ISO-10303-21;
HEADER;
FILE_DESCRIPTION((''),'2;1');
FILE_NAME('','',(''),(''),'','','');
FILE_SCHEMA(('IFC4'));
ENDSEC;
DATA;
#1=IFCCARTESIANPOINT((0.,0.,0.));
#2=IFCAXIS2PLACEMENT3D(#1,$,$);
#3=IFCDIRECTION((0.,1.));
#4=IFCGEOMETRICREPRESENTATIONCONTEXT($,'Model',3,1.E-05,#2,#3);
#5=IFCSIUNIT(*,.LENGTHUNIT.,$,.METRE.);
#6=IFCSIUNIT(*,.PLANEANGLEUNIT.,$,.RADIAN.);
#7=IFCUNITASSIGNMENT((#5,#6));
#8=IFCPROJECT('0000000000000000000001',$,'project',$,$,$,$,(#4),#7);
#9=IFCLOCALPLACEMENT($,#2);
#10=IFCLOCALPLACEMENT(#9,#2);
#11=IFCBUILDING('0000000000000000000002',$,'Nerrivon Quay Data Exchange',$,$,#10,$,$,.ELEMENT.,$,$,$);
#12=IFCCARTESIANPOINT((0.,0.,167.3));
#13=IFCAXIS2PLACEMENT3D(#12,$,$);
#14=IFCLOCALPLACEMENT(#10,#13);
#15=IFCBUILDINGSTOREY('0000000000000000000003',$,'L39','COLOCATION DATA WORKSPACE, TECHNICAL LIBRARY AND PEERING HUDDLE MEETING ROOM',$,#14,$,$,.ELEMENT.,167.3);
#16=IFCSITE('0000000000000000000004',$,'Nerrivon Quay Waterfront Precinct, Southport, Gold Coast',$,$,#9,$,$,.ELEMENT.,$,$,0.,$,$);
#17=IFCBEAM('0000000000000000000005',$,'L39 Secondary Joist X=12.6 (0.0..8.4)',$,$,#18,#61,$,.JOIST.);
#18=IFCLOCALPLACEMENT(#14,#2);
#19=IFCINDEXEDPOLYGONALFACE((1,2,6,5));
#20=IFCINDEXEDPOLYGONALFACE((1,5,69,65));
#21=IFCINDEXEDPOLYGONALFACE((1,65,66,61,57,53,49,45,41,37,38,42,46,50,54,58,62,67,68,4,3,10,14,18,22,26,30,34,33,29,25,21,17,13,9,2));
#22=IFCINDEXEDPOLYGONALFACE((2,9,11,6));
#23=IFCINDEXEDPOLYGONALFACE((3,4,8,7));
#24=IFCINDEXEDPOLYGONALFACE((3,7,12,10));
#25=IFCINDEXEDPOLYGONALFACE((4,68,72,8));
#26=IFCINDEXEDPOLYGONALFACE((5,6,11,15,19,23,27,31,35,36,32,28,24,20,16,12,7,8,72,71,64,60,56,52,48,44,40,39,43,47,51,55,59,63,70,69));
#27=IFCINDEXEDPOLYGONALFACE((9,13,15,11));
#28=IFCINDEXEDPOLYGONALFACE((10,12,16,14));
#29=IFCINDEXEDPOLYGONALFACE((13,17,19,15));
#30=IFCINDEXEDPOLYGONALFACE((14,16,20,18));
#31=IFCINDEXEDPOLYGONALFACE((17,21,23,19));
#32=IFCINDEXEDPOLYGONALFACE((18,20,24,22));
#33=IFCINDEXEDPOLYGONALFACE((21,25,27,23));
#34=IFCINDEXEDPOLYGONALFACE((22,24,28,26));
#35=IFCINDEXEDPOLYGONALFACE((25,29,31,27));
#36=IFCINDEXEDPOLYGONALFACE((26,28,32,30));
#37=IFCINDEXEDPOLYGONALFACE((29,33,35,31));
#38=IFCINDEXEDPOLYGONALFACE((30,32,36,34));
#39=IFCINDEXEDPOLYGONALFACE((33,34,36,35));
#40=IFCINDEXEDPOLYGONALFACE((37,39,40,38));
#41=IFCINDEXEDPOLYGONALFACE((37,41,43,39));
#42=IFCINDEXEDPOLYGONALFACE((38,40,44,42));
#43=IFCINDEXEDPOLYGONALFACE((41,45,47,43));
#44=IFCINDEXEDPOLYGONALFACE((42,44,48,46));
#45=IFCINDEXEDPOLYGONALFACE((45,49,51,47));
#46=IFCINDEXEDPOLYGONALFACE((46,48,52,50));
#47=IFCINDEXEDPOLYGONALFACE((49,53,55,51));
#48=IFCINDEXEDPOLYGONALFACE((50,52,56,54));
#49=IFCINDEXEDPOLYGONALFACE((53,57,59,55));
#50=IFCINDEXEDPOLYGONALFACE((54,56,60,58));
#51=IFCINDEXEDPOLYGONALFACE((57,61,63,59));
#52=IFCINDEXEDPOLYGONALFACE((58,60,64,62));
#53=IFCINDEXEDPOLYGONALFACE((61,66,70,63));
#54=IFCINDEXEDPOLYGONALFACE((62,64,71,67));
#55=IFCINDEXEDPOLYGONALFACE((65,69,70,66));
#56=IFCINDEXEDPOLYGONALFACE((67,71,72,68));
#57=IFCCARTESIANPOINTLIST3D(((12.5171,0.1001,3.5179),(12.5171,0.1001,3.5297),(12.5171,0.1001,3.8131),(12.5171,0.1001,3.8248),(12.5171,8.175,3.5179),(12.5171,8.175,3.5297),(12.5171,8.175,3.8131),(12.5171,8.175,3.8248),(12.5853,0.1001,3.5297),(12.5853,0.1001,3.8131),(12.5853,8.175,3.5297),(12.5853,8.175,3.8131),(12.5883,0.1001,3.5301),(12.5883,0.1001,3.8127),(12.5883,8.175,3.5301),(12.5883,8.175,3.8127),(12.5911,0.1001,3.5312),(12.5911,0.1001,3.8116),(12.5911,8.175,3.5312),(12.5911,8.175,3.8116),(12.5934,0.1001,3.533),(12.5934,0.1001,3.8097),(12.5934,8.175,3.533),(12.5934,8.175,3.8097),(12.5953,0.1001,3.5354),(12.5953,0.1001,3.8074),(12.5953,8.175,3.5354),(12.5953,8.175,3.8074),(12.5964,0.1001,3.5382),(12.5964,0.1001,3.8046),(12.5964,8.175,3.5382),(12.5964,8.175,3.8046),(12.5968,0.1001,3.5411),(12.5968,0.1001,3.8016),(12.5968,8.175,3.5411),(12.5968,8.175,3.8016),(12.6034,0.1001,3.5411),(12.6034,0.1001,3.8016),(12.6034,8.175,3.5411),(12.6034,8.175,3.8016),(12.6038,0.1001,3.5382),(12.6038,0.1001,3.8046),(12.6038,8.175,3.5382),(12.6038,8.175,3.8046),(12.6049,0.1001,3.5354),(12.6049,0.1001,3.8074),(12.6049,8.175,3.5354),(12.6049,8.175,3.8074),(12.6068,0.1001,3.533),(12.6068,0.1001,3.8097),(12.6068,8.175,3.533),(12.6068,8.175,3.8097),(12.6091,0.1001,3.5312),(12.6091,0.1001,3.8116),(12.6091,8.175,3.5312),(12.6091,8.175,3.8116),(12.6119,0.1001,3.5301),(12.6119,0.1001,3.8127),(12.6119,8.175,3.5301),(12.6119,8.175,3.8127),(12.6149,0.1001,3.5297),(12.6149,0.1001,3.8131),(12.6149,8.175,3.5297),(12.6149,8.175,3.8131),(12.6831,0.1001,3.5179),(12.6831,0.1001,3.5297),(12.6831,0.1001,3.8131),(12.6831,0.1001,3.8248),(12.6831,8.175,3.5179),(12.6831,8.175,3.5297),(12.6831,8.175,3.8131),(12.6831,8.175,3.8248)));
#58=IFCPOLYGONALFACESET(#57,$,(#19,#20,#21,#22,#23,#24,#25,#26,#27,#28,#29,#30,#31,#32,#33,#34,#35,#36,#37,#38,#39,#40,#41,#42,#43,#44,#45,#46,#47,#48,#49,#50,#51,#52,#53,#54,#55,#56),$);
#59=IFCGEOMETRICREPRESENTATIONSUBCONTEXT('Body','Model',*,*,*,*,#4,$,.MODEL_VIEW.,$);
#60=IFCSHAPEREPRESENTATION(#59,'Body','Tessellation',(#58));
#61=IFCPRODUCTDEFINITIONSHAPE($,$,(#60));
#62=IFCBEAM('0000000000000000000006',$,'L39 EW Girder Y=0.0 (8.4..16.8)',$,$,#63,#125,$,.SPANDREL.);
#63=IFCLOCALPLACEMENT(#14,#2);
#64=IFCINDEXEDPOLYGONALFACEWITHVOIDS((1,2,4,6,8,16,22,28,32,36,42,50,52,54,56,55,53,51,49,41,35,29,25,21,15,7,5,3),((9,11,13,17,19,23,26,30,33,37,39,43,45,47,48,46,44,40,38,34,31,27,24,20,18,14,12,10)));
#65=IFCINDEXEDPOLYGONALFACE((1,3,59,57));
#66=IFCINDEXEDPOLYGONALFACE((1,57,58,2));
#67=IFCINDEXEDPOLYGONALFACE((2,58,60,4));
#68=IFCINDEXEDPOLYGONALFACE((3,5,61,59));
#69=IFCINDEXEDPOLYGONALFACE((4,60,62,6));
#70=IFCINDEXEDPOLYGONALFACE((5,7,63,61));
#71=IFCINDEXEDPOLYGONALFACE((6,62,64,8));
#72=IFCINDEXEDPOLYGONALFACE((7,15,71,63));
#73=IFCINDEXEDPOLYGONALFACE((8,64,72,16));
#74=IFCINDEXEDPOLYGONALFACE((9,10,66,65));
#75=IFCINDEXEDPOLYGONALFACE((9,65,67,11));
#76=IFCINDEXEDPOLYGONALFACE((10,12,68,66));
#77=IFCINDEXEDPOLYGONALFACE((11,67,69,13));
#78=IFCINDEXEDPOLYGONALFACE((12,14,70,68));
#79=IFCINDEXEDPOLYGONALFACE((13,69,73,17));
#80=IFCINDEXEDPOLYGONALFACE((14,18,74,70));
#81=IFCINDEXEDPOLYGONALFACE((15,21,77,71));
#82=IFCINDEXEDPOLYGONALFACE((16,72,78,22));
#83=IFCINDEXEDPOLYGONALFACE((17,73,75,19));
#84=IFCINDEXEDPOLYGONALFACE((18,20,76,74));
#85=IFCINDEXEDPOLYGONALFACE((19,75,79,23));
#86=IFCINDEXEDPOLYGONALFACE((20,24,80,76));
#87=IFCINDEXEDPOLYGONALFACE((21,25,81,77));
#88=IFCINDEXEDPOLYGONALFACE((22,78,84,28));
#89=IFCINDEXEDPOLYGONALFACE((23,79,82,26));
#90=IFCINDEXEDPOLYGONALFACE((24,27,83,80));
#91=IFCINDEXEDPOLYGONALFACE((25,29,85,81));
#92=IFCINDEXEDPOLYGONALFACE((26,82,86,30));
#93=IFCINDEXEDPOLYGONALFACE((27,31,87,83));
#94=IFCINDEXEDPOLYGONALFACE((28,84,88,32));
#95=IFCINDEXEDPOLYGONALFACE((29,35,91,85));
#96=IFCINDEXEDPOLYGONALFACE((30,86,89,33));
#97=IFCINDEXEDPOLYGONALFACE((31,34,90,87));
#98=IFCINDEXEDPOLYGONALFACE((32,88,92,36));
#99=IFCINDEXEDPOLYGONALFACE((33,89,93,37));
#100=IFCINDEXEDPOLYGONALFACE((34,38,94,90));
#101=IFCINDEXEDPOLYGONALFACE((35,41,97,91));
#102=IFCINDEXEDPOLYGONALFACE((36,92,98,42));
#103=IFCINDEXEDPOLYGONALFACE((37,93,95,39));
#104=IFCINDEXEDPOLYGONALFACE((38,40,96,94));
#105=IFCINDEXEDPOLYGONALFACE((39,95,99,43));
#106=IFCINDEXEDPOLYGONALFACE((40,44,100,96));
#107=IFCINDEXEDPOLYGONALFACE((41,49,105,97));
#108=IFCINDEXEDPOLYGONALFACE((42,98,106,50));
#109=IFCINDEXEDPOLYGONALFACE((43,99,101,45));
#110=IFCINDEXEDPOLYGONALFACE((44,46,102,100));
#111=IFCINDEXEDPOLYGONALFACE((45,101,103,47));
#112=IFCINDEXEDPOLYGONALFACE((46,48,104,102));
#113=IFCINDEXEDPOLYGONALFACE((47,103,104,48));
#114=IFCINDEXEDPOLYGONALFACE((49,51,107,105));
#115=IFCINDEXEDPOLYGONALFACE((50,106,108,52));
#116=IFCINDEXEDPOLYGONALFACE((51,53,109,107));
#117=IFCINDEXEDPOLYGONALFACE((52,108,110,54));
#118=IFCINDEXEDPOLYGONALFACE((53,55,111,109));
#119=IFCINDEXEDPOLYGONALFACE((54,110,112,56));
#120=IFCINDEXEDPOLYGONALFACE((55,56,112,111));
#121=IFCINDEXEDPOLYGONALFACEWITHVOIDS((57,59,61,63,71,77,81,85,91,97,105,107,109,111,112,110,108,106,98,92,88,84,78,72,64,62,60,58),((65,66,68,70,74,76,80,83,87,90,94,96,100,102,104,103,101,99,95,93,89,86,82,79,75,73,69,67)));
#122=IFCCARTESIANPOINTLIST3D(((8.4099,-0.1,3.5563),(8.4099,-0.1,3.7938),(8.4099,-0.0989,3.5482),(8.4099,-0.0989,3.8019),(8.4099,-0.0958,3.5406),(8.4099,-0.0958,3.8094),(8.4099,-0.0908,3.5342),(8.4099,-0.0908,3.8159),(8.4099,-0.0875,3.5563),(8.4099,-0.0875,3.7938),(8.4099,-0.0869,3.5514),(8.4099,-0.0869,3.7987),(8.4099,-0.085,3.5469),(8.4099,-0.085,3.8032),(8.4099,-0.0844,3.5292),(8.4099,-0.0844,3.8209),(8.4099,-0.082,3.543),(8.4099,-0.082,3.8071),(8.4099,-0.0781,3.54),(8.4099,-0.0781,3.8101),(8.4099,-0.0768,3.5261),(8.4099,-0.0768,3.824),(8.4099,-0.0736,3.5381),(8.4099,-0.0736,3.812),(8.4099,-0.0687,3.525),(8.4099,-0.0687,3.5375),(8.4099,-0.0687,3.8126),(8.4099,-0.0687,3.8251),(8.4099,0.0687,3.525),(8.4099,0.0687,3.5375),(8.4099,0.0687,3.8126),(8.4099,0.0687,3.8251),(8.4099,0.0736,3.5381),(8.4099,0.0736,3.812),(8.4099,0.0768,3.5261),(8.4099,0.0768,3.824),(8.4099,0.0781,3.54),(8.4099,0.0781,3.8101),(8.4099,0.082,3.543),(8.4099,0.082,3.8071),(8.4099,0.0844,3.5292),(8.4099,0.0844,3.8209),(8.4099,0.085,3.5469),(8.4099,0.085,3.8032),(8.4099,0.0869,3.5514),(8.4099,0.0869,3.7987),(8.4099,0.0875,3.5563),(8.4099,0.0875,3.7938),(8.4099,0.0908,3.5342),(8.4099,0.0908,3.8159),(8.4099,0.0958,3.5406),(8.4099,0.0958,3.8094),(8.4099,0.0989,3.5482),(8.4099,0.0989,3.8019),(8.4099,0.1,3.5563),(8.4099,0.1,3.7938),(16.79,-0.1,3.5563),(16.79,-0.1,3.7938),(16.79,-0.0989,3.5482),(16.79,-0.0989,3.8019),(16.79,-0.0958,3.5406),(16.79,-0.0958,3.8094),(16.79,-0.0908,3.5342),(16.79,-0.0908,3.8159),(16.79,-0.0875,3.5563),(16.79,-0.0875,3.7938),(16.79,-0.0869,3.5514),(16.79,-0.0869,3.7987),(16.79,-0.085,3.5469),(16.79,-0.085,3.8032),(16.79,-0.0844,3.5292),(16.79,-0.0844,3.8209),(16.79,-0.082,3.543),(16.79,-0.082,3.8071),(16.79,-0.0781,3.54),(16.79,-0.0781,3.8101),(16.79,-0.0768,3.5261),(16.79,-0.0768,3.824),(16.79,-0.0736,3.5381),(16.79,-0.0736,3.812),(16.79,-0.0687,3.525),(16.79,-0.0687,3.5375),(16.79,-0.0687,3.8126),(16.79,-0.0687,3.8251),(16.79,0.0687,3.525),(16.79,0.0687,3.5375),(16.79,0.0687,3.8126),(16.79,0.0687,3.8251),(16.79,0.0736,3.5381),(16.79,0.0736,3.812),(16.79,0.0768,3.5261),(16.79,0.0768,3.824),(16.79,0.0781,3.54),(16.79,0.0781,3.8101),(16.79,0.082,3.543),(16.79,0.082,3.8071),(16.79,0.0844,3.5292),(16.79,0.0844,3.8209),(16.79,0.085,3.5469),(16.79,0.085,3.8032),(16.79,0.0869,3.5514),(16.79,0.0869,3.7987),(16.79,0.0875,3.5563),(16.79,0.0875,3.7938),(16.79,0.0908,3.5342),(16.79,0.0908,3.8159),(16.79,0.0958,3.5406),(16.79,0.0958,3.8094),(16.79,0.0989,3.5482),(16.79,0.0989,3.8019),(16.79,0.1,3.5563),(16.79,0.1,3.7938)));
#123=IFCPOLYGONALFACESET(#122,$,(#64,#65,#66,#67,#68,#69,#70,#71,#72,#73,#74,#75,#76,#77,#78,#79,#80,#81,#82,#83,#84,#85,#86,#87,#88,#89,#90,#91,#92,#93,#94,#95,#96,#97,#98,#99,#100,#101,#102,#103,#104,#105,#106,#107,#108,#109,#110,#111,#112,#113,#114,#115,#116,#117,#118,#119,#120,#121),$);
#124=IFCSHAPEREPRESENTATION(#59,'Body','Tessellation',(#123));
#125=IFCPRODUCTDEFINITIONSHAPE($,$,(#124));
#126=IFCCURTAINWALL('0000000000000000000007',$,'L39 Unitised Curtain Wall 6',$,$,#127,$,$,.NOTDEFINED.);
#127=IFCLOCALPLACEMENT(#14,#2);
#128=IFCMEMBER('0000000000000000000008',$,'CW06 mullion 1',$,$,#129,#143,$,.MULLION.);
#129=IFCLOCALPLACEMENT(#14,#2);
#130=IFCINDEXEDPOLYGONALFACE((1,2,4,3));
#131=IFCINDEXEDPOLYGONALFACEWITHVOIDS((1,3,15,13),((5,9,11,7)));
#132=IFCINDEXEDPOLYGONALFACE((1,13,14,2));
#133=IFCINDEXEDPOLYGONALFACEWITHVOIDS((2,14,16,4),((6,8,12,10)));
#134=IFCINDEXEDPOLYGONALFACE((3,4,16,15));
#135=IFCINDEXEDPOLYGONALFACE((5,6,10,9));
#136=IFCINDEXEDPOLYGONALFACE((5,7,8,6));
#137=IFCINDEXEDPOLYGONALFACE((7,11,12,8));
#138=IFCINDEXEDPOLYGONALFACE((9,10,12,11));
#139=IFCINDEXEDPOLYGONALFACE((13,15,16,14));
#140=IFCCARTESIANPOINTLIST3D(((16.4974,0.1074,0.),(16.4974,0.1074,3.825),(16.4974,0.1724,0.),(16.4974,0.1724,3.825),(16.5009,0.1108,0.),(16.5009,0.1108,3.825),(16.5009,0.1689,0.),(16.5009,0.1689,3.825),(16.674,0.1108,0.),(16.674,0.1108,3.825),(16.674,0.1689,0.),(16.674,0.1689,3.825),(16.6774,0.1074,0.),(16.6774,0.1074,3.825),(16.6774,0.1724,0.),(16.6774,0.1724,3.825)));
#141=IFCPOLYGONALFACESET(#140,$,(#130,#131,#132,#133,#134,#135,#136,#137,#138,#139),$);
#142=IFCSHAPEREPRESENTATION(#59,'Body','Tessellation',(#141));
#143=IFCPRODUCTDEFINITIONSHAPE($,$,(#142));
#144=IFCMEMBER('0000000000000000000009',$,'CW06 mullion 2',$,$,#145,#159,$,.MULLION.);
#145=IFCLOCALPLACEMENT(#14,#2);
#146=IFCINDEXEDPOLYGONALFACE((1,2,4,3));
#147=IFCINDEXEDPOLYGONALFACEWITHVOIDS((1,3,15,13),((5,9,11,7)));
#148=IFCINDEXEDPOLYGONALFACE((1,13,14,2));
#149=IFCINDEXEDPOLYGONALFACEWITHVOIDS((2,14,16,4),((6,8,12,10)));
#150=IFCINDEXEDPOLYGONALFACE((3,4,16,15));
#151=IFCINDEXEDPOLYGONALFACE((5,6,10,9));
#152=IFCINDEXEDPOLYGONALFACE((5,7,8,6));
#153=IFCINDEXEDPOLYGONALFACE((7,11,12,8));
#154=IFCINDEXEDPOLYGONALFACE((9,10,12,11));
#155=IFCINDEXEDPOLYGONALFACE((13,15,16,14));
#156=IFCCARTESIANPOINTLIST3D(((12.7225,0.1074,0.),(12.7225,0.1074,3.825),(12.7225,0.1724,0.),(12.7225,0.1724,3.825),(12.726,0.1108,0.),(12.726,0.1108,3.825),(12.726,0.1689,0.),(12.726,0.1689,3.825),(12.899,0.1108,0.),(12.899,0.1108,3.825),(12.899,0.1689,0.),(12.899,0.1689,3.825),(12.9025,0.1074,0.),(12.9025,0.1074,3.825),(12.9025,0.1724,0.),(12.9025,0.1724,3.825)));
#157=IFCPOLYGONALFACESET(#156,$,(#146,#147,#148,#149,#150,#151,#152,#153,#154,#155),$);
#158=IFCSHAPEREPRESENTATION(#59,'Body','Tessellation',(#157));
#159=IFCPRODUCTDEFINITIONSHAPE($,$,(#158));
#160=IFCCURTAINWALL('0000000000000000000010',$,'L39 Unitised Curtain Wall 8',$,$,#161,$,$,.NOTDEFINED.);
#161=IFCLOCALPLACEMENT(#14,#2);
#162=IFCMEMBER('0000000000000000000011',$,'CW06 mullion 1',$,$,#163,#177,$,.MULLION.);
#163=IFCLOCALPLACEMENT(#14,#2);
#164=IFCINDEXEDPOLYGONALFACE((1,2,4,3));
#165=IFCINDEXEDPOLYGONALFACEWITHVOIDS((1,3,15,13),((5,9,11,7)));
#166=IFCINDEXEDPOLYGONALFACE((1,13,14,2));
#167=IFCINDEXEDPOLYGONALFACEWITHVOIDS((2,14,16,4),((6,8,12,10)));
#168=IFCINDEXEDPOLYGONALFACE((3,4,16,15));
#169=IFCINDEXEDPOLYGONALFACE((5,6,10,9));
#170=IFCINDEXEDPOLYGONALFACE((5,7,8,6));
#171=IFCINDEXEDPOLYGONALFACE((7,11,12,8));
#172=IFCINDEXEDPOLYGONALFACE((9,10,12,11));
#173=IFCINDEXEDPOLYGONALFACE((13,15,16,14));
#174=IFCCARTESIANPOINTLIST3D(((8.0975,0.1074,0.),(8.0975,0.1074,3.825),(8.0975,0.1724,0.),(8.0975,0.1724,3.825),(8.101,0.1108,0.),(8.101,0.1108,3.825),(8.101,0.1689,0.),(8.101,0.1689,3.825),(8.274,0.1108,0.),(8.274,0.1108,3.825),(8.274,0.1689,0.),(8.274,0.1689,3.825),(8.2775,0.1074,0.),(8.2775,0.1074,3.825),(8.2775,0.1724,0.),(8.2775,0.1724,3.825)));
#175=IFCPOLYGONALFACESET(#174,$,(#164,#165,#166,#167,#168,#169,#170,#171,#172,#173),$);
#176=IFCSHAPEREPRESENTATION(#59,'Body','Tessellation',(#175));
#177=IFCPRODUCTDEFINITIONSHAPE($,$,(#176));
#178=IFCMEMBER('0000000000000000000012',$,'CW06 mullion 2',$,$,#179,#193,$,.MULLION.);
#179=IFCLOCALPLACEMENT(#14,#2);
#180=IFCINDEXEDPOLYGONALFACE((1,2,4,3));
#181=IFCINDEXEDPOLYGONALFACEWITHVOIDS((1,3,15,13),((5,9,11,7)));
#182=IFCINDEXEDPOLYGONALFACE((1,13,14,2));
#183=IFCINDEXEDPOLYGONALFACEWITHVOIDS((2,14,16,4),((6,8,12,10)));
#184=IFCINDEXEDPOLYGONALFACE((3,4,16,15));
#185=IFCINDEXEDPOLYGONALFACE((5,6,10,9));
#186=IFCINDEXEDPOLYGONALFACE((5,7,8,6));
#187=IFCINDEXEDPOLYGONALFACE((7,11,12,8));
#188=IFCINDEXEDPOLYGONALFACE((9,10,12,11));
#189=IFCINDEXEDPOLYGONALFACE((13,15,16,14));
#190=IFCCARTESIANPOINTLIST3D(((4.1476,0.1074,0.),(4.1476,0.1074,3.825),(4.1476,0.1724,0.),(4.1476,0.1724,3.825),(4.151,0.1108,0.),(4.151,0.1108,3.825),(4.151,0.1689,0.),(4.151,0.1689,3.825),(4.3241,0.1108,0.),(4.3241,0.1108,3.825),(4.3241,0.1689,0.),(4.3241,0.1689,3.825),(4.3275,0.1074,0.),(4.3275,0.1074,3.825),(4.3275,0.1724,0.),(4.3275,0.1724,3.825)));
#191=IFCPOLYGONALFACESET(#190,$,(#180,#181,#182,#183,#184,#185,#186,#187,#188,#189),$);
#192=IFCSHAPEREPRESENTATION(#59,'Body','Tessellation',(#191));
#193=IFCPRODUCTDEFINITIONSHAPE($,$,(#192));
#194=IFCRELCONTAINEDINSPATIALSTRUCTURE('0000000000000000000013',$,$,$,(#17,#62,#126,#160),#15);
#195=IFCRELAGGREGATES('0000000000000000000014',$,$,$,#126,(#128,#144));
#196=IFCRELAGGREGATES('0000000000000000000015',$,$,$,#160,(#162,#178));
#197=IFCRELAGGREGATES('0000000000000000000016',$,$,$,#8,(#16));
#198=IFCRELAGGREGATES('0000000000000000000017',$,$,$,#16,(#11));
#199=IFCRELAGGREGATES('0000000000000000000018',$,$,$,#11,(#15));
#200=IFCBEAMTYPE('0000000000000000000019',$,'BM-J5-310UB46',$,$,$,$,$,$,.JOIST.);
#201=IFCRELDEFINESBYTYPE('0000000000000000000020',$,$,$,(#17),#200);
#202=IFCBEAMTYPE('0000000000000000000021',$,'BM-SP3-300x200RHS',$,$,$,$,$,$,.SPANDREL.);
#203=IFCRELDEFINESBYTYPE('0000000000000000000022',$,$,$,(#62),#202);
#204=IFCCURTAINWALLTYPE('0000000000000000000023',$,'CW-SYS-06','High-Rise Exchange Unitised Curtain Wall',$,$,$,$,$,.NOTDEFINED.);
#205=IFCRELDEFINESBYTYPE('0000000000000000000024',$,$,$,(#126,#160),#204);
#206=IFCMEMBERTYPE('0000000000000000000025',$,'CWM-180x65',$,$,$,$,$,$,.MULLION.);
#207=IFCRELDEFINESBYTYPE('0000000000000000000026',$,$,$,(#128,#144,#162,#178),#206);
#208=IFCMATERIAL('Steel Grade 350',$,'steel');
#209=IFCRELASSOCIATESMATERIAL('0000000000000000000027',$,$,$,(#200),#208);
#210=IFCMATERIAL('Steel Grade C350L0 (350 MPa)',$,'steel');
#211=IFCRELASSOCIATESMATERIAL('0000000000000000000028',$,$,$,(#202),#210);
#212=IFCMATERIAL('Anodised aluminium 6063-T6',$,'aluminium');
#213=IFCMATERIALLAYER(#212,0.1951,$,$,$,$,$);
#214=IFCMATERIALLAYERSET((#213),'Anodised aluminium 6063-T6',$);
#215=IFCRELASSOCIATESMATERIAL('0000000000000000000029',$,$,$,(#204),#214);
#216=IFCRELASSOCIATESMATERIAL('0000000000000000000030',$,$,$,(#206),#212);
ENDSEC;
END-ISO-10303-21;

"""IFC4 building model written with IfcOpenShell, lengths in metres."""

from ifc_helpers import new_model, si_unit, direction, frame, origin, origin_2d, place, context, subcontext, project, spatial, hollow_rectangle, i_section, extrude, material, layer, layer_set, material_profile, profile_set, type_object, element, aggregate, save


model = new_model("IFC4")

# Units and contexts
model_context = context("Model", 3, precision=1e-05, world=origin(), true_north=direction((0.0, 1.0)))
body_context = subcontext(model_context, "Body", "Model", "MODEL_VIEW")
ifc_project = project(units=[si_unit("LENGTHUNIT", "METRE"), si_unit("PLANEANGLEUNIT", "RADIAN")], contexts=[model_context])

# Site, building, storey
site_placement = place(None, origin())
site = spatial("IfcSite", under=ifc_project, at=site_placement, Name="Nerrivon Quay Waterfront Precinct, Southport, Gold Coast", CompositionType="ELEMENT", RefElevation=0.0)
building_placement = place(site_placement, origin())
building = spatial("IfcBuilding", under=site, at=building_placement, Name="Nerrivon Quay Data Exchange", CompositionType="ELEMENT")
storey_placement = place(building_placement, frame((0.0, 0.0, 167.3)))
storey = spatial("IfcBuildingStorey", under=building, at=storey_placement, Name="L39", Description="COLOCATION DATA WORKSPACE, TECHNICAL LIBRARY AND PEERING HUDDLE MEETING ROOM", CompositionType="ELEMENT", Elevation=167.3)

# Shared definitions
ifc_material_1 = material(Name="Steel Grade 350", Category="steel")

# Beams
ifc_material_profile_1 = material_profile(ifc_material_1, i_section(OverallWidth=0.166, OverallDepth=0.3069, WebThickness=0.0066, FlangeThickness=0.0117, FilletRadius=0.0115, at=origin_2d()), Name="310UB46.2")
ifc_profile_set_1 = profile_set([ifc_material_profile_1], Name="Steel Grade 350")
beam_type_1 = type_object("IfcBeamType", Name="BM-J5-310UB46", PredefinedType="JOIST", material=ifc_profile_set_1)
beam_1_placement = place(storey_placement, frame((12.6001, 0.1001, 3.6714), z_axis=(0.0, 1.0, 0.0), x_axis=(-1.0, 0.0, 0.0)))
element("IfcBeam", 1, at=beam_1_placement, inside=storey, type_object=beam_type_1, Name="L39 Secondary Joist X=12.6 (0.0..8.4)", PredefinedType="JOIST", context=body_context, shape_type="SweptSolid", body=[
    extrude(i_section(OverallWidth=0.166, OverallDepth=0.3069, WebThickness=0.0066, FlangeThickness=0.0117, FilletRadius=0.0115, at=origin_2d()), origin(), (0.0, 0.0, 1.0), 8.075),
])
ifc_material_2 = material(Name="Steel Grade C350L0 (350 MPa)", Category="steel")
ifc_material_profile_2 = material_profile(ifc_material_2, hollow_rectangle(XDim=0.2, YDim=0.3, WallThickness=0.0125, InnerFilletRadius=0.0188, OuterFilletRadius=0.0312, at=origin_2d()), Name="300x200x12.5RHS")
ifc_profile_set_2 = profile_set([ifc_material_profile_2], Name="Steel Grade C350L0 (350 MPa)")
beam_type_2 = type_object("IfcBeamType", Name="BM-SP3-300x200RHS", PredefinedType="SPANDREL", material=ifc_profile_set_2)
beam_2_placement = place(storey_placement, frame((8.4099, 0.0, 3.675), z_axis=(1.0, 0.0, 0.0), x_axis=(0.0, 1.0, 0.0)))
element("IfcBeam", 2, at=beam_2_placement, inside=storey, type_object=beam_type_2, Name="L39 EW Girder Y=0.0 (8.4..16.8)", PredefinedType="SPANDREL", context=body_context, shape_type="SweptSolid", body=[
    extrude(hollow_rectangle(XDim=0.2, YDim=0.3, WallThickness=0.0125, InnerFilletRadius=0.0188, OuterFilletRadius=0.0312, at=origin_2d()), origin(), (0.0, 0.0, 1.0), 8.3801),
])

# Curtain walls, members
ifc_material_3 = material(Name="Anodised aluminium 6063-T6", Category="aluminium")
ifc_layer_1 = layer(ifc_material_3, 0.1951)
ifc_layer_set_1 = layer_set([ifc_layer_1], Name="Anodised aluminium 6063-T6")
curtain_wall_type = type_object("IfcCurtainWallType", Name="CW-SYS-06", Description="High-Rise Exchange Unitised Curtain Wall", PredefinedType="NOTDEFINED", material=ifc_layer_set_1)
curtain_wall_1_placement = place(storey_placement, origin())
curtain_wall_1 = element("IfcCurtainWall", 3, at=curtain_wall_1_placement, inside=storey, type_object=curtain_wall_type, Name="L39 Unitised Curtain Wall 6", PredefinedType="NOTDEFINED")
ifc_material_profile_3 = material_profile(ifc_material_3, hollow_rectangle(XDim=0.0649, YDim=0.1799, WallThickness=0.0034, at=origin_2d()), Name="ALU-MULL-180x65")
ifc_profile_set_3 = profile_set([ifc_material_profile_3], Name="Anodised aluminium 6063-T6")
member_type_1 = type_object("IfcMemberType", Name="CWM-180x65", PredefinedType="MULLION", material=ifc_profile_set_3)
member_1_placement = place(storey_placement, frame((16.5874, 0.1399, 0.0), z_axis=(0.0, 0.0, 1.0), x_axis=(0.0, -1.0, 0.0)))
member_1 = element("IfcMember", 4, at=member_1_placement, type_object=member_type_1, Name="CW06 mullion 1", PredefinedType="MULLION", context=body_context, shape_type="SweptSolid", body=[
    extrude(hollow_rectangle(XDim=0.0649, YDim=0.1799, WallThickness=0.0034, at=origin_2d()), origin(), (0.0, 0.0, 1.0), 3.825),
])
member_2_placement = place(storey_placement, frame((12.8125, 0.1399, 0.0), z_axis=(0.0, 0.0, 1.0), x_axis=(0.0, -1.0, 0.0)))
member_2 = element("IfcMember", 5, at=member_2_placement, type_object=member_type_1, Name="CW06 mullion 2", PredefinedType="MULLION", context=body_context, shape_type="SweptSolid", body=[
    extrude(hollow_rectangle(XDim=0.0649, YDim=0.1799, WallThickness=0.0034, at=origin_2d()), origin(), (0.0, 0.0, 1.0), 3.825),
])
curtain_wall_2_placement = place(storey_placement, origin())
curtain_wall_2 = element("IfcCurtainWall", 6, at=curtain_wall_2_placement, inside=storey, type_object=curtain_wall_type, Name="L39 Unitised Curtain Wall 8", PredefinedType="NOTDEFINED")
member_3_placement = place(storey_placement, frame((8.1875, 0.1399, 0.0), z_axis=(0.0, 0.0, 1.0), x_axis=(0.0, -1.0, 0.0)))
member_3 = element("IfcMember", 7, at=member_3_placement, type_object=member_type_1, Name="CW06 mullion 1", PredefinedType="MULLION", context=body_context, shape_type="SweptSolid", body=[
    extrude(hollow_rectangle(XDim=0.0649, YDim=0.1799, WallThickness=0.0034, at=origin_2d()), origin(), (0.0, 0.0, 1.0), 3.825),
])
member_4_placement = place(storey_placement, frame((4.2375, 0.1399, 0.0), z_axis=(0.0, 0.0, 1.0), x_axis=(0.0, -1.0, 0.0)))
member_4 = element("IfcMember", 8, at=member_4_placement, type_object=member_type_1, Name="CW06 mullion 2", PredefinedType="MULLION", context=body_context, shape_type="SweptSolid", body=[
    extrude(hollow_rectangle(XDim=0.0649, YDim=0.1799, WallThickness=0.0034, at=origin_2d()), origin(), (0.0, 0.0, 1.0), 3.825),
])

aggregate(curtain_wall_1, [member_1, member_2])
aggregate(curtain_wall_2, [member_3, member_4])

save(model, "model.ifc")
